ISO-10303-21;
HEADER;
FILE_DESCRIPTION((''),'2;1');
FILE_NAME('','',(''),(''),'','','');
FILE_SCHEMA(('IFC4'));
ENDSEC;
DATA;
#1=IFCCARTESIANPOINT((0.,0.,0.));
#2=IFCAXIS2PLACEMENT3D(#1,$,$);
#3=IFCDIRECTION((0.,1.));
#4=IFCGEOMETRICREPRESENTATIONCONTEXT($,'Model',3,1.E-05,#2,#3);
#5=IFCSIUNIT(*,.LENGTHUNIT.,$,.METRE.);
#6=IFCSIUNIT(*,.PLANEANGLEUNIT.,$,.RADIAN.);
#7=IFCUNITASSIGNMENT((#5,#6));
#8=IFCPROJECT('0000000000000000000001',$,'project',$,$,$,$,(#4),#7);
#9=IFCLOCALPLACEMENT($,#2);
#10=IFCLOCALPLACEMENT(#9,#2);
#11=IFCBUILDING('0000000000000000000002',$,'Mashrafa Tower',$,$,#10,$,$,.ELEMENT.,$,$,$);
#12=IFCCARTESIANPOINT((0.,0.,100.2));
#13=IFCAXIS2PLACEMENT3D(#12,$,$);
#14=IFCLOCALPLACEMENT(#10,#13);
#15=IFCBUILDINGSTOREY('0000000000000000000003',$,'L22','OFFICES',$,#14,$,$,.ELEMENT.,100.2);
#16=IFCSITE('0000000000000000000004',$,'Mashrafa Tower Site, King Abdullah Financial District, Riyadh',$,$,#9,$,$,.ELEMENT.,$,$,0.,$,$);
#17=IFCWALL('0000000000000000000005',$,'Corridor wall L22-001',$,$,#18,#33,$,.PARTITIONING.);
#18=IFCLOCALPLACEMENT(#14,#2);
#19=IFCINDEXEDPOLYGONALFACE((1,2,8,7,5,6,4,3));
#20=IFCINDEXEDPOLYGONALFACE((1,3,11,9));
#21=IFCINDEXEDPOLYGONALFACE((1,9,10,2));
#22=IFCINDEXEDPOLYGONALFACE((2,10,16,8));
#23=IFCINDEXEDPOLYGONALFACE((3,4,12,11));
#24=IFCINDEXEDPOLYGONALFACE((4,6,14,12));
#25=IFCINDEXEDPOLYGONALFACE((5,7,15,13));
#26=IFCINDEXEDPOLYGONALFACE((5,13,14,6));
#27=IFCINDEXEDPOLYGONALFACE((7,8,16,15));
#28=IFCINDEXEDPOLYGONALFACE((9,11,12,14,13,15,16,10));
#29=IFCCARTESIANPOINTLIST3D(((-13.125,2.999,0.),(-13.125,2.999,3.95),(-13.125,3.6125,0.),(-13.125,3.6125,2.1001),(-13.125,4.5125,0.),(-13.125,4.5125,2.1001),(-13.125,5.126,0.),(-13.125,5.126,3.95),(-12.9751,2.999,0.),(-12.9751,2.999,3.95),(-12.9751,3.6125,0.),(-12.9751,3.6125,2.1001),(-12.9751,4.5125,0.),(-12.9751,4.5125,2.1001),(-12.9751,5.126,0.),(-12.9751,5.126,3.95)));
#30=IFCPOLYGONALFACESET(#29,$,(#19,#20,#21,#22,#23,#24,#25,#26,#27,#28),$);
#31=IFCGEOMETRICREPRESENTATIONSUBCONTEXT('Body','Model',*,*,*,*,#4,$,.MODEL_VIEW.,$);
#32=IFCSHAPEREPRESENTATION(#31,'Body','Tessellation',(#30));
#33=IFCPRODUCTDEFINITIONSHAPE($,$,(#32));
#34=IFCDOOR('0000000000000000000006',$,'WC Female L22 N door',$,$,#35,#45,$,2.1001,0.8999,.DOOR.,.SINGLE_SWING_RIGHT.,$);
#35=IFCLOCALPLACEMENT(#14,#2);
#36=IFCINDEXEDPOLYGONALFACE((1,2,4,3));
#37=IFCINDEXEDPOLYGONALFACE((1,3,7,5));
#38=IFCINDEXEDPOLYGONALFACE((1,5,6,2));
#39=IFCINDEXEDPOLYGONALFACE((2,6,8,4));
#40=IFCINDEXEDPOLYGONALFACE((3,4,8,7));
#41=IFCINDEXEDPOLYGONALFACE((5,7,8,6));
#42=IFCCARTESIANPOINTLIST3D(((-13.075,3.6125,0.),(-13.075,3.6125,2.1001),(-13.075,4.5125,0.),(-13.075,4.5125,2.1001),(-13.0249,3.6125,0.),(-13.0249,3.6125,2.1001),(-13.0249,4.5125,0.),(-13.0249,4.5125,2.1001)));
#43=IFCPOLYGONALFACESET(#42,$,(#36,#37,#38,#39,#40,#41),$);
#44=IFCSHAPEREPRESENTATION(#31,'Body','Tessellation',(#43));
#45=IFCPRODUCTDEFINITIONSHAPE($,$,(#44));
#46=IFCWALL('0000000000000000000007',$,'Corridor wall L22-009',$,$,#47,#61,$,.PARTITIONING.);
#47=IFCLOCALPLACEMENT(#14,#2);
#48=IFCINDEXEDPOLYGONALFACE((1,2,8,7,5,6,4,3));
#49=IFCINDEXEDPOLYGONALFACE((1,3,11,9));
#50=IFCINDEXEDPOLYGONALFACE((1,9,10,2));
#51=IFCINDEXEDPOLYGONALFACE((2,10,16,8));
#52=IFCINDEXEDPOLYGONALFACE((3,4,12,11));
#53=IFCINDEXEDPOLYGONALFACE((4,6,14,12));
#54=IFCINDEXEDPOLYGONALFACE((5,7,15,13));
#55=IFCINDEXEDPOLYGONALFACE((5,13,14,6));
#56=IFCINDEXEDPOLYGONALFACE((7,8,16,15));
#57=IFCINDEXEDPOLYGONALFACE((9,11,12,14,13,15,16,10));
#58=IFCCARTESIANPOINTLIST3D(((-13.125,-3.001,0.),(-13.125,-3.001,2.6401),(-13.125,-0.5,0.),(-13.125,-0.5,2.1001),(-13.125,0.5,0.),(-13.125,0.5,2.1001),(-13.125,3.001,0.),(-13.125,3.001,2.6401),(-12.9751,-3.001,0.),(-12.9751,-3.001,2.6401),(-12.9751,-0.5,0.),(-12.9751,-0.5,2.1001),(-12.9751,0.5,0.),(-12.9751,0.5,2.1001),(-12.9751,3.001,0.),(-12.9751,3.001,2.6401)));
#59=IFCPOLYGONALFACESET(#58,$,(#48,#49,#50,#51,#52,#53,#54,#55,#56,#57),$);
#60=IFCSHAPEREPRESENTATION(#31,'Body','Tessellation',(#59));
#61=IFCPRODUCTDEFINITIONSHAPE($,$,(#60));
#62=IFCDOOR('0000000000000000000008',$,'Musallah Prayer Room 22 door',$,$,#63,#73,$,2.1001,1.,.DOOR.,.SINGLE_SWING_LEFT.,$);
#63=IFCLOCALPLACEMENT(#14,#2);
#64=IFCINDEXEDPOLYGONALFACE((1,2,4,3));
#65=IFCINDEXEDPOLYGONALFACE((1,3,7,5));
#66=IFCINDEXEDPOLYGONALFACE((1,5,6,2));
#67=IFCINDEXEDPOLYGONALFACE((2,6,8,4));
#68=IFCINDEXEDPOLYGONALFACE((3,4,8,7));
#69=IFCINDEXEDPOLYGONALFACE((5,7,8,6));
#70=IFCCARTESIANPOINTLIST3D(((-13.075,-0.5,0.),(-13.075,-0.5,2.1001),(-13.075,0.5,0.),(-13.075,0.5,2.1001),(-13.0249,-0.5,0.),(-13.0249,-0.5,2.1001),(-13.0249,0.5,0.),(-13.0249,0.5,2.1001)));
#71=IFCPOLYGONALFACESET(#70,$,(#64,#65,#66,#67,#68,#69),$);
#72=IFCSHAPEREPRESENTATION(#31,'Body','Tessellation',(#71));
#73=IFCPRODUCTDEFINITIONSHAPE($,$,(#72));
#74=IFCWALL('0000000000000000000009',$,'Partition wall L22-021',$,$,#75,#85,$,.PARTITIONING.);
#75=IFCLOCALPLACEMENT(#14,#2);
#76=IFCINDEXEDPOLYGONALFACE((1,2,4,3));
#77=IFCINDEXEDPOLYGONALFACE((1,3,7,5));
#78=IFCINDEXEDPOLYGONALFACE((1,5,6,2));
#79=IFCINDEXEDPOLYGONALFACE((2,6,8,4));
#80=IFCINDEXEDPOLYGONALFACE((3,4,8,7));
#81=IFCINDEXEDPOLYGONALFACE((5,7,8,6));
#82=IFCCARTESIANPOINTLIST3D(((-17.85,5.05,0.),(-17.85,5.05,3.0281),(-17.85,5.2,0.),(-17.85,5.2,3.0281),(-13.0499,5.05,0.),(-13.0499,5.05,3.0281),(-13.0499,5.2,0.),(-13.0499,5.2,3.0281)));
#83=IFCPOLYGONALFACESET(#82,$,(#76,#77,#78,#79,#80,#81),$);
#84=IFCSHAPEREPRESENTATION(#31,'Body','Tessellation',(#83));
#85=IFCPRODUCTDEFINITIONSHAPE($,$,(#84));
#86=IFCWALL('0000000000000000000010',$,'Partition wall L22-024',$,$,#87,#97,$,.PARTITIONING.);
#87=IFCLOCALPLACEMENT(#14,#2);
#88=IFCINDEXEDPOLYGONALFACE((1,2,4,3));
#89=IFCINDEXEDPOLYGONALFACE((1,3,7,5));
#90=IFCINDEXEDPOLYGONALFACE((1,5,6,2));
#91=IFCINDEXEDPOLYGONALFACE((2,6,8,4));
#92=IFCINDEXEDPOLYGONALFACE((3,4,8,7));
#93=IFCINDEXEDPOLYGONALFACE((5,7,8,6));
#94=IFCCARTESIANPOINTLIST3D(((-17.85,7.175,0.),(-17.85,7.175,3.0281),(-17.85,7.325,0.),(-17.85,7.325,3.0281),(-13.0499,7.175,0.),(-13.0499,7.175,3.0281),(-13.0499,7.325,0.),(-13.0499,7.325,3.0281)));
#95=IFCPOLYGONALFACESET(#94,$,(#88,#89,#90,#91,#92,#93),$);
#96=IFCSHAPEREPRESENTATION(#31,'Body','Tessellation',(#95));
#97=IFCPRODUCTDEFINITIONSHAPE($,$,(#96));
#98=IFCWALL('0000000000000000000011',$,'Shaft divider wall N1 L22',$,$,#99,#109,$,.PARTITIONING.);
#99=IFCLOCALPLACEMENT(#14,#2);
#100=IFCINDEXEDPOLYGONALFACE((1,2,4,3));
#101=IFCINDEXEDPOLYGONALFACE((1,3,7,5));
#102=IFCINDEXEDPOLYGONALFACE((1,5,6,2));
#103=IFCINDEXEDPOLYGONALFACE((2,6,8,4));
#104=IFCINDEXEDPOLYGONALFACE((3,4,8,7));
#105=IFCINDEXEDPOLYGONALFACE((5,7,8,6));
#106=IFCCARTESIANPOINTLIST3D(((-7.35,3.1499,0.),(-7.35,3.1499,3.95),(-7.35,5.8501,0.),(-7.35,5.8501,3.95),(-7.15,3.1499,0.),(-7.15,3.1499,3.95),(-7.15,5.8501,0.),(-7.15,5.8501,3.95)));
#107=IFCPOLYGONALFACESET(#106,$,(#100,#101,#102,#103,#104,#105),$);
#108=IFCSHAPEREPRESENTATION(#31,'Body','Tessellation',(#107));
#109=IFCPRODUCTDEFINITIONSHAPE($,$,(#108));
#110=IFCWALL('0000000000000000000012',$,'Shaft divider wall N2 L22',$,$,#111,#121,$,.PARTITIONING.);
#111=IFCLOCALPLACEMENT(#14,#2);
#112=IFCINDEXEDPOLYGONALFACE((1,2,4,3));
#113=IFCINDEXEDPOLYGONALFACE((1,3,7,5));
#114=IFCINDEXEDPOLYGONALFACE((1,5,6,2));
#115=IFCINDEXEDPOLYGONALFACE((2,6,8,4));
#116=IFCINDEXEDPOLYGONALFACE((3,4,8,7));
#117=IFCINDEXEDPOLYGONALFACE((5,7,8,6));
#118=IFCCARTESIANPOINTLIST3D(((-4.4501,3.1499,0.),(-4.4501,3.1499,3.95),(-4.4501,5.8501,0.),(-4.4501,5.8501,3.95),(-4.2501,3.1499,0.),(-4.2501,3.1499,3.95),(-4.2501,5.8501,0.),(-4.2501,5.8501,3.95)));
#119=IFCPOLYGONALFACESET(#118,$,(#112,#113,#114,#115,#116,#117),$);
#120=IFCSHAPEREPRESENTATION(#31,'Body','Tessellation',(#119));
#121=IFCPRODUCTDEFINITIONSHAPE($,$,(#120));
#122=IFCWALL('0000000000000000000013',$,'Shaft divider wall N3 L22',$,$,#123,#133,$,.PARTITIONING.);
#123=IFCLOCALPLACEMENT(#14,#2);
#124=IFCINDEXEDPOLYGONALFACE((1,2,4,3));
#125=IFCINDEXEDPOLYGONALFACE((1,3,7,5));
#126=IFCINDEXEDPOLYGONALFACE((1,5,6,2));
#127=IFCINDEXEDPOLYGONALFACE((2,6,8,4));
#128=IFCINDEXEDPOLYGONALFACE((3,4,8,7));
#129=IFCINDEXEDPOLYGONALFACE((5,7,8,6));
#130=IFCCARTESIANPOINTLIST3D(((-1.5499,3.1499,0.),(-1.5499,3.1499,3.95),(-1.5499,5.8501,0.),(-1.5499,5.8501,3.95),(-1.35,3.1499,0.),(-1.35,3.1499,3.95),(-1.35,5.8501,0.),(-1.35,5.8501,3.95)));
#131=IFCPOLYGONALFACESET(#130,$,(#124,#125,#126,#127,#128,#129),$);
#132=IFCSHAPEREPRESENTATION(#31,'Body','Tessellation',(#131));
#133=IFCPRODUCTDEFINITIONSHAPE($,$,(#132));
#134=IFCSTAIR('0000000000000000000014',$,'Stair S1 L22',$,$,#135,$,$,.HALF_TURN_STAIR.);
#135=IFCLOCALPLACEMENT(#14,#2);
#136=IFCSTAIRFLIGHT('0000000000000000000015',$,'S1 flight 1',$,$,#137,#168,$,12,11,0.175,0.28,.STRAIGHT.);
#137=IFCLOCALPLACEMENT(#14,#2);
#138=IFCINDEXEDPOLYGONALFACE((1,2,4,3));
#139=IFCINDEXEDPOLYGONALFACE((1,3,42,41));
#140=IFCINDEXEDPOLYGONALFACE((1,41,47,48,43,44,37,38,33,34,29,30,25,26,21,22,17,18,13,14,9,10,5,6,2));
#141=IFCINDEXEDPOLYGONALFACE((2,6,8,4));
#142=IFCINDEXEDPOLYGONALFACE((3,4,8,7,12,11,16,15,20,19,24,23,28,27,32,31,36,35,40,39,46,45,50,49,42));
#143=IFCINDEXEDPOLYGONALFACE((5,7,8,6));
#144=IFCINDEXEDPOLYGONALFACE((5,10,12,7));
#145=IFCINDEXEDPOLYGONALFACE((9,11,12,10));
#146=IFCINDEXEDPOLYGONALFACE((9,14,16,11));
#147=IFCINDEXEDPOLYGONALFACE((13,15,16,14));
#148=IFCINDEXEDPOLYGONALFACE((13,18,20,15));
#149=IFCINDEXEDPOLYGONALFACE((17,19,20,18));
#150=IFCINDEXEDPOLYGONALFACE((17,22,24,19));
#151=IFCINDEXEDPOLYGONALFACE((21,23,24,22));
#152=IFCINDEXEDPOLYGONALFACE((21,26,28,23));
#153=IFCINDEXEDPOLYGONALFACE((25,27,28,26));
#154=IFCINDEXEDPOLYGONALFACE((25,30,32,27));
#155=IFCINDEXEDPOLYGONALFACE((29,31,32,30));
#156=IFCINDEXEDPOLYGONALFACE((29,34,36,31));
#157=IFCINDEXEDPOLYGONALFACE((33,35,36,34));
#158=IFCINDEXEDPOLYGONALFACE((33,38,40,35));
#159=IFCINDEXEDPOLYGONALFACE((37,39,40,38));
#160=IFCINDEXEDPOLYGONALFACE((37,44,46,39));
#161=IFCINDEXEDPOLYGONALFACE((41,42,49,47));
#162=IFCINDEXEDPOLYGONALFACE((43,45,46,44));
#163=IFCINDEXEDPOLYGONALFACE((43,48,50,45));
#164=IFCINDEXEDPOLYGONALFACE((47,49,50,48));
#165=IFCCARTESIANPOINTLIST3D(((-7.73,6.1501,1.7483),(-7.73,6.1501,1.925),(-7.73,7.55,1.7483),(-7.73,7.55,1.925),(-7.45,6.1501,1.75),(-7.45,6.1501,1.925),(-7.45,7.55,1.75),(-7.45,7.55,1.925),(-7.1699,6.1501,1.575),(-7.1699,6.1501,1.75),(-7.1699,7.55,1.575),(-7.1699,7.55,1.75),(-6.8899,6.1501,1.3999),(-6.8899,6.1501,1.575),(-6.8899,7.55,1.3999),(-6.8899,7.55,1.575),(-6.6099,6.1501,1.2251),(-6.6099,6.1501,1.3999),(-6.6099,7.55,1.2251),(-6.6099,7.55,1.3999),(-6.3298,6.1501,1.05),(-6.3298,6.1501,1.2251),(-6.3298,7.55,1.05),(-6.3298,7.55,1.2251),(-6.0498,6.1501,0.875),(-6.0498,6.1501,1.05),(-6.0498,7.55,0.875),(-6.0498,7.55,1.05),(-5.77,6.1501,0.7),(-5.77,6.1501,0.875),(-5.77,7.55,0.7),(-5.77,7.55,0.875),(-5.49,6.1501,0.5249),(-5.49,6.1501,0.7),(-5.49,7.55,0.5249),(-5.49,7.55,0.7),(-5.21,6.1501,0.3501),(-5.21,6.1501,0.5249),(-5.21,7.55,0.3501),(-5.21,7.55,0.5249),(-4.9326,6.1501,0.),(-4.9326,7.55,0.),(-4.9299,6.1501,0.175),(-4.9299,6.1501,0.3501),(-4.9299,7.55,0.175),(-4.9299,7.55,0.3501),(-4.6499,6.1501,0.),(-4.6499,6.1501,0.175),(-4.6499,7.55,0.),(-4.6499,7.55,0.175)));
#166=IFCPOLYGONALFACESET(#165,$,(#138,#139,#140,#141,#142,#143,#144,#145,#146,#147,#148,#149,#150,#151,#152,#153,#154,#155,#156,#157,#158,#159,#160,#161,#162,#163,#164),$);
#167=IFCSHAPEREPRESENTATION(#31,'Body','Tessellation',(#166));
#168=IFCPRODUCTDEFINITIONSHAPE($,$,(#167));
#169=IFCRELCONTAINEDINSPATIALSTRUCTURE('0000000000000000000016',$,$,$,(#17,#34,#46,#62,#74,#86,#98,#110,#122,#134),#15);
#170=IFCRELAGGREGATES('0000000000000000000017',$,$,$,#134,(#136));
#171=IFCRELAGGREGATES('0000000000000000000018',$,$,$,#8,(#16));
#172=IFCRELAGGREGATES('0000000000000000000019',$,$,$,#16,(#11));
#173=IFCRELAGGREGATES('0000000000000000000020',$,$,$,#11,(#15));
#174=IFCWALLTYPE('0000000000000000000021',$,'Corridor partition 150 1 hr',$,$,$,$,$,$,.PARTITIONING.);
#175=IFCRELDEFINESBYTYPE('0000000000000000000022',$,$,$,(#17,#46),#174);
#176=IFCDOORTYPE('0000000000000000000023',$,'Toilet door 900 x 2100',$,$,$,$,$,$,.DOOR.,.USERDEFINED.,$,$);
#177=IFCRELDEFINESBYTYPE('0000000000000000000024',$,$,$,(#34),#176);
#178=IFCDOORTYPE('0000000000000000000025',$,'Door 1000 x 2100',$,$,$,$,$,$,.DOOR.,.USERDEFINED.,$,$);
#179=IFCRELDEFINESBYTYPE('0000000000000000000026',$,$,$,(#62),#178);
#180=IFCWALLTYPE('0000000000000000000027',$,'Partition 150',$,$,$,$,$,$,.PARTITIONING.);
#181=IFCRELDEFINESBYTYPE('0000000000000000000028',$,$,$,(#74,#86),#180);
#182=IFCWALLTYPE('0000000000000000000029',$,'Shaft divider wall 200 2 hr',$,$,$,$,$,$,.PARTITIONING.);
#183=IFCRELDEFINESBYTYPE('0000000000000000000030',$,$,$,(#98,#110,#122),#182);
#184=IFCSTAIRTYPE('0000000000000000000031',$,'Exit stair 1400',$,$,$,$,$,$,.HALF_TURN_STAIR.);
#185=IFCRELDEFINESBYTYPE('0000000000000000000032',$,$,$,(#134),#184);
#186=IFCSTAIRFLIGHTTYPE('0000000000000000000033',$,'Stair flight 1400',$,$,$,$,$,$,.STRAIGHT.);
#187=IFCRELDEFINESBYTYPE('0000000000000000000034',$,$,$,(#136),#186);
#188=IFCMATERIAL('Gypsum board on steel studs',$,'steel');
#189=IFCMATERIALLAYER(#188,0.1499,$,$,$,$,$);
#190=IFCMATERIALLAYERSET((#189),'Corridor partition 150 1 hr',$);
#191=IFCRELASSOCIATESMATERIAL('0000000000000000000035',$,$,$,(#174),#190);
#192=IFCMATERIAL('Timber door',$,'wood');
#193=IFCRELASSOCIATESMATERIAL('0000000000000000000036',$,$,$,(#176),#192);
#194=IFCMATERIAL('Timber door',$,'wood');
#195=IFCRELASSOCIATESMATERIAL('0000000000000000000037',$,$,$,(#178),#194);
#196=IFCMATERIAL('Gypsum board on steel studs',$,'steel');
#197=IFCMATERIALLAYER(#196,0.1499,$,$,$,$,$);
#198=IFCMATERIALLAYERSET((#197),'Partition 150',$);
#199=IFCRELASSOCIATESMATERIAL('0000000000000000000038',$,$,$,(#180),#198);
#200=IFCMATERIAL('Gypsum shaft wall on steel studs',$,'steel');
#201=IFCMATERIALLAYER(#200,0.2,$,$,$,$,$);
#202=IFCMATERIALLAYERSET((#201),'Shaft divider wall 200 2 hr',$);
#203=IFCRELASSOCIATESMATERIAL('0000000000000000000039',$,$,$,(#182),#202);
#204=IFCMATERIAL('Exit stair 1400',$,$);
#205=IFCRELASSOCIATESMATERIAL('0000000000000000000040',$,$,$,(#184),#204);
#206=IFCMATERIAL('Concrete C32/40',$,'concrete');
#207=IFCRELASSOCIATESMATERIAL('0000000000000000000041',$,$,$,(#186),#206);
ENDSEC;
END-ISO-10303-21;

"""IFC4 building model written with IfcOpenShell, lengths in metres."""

from ifc_helpers import new_model, si_unit, direction, frame, frame_2d, origin, place, context, subcontext, project, spatial, polyline, rectangle, outline, extrude, material, layer, layer_set, type_object, element, fill, aggregate, save


model = new_model("IFC4")

# Units and contexts
model_context = context("Model", 3, precision=1e-05, world=origin(), true_north=direction((0.0, 1.0)))
body_context = subcontext(model_context, "Body", "Model", "MODEL_VIEW")
ifc_project = project(units=[si_unit("LENGTHUNIT", "METRE"), si_unit("PLANEANGLEUNIT", "RADIAN")], contexts=[model_context])

# Site, building, storey
site_placement = place(None, origin())
site = spatial("IfcSite", under=ifc_project, at=site_placement, Name="Mashrafa Tower Site, King Abdullah Financial District, Riyadh", CompositionType="ELEMENT", RefElevation=0.0)
building_placement = place(site_placement, origin())
building = spatial("IfcBuilding", under=site, at=building_placement, Name="Mashrafa Tower", CompositionType="ELEMENT")
storey_placement = place(building_placement, frame((0.0, 0.0, 100.2)))
storey = spatial("IfcBuildingStorey", under=building, at=storey_placement, Name="L22", Description="OFFICES", CompositionType="ELEMENT", Elevation=100.2)

# Walls, openings, doors
ifc_material_1 = material(Name="Gypsum board on steel studs", Category="steel")
ifc_layer_1 = layer(ifc_material_1, 0.1499)
ifc_layer_set_1 = layer_set([ifc_layer_1], Name="Corridor partition 150 1 hr")
wall_type_1 = type_object("IfcWallType", Name="Corridor partition 150 1 hr", PredefinedType="PARTITIONING", material=ifc_layer_set_1)
wall_1_placement = place(storey_placement, frame((-13.05, 5.126, 0.0), z_axis=(0.0, 0.0, 1.0), x_axis=(0.0, -1.0, 0.0)))
wall_1 = element("IfcWall", 1, at=wall_1_placement, inside=storey, type_object=wall_type_1, Name="Corridor wall L22-001", PredefinedType="PARTITIONING", context=body_context, shape_type="SweptSolid", body=[
    extrude(rectangle(XDim=2.127, YDim=0.1499, at=frame_2d((1.0635, 0.0))), origin(), (0.0, 0.0, 1.0), 3.95),
])
opening_1_placement = place(wall_1_placement, frame((0.6135, 0.0, 0.0)))
opening_1 = element("IfcOpeningElement", 2, at=opening_1_placement, cuts=wall_1, PredefinedType="OPENING", context=body_context, shape_type="SweptSolid", body=[
    extrude(rectangle(XDim=0.8999, YDim=2.1001, at=frame_2d((0.45, 1.05))), frame((0.0, 0.085, 0.0), z_axis=(0.0, -1.0, 0.0), x_axis=(1.0, 0.0, 0.0)), (0.0, 0.0, 1.0), 0.1699),
])
ifc_material_2 = material(Name="Timber door", Category="wood")
door_type_1 = type_object("IfcDoorType", Name="Toilet door 900 x 2100", OperationType="USERDEFINED", PredefinedType="DOOR", material=ifc_material_2)
door_1_placement = place(opening_1_placement, frame((0.8999, 0.0, 0.0), z_axis=(0.0, 0.0, 1.0), x_axis=(-1.0, 0.0, 0.0)))
door_1 = element("IfcDoor", 3, at=door_1_placement, inside=storey, type_object=door_type_1, Name="WC Female L22 N door", OperationType="SINGLE_SWING_RIGHT", OverallHeight=2.1001, OverallWidth=0.8999, PredefinedType="DOOR", context=body_context, shape_type="SweptSolid", body=[
    extrude(rectangle(XDim=0.8999, YDim=2.1001, at=frame_2d((0.45, 1.05))), frame((0.0, 0.0249, 0.0), z_axis=(0.0, -1.0, 0.0), x_axis=(1.0, 0.0, 0.0)), (0.0, 0.0, 1.0), 0.05),
])
fill(opening_1, door_1)
wall_2_placement = place(storey_placement, frame((-13.05, 3.001, 0.0), z_axis=(0.0, 0.0, 1.0), x_axis=(0.0, -1.0, 0.0)))
wall_2 = element("IfcWall", 4, at=wall_2_placement, inside=storey, type_object=wall_type_1, Name="Corridor wall L22-009", PredefinedType="PARTITIONING", context=body_context, shape_type="SweptSolid", body=[
    extrude(rectangle(XDim=6.002, YDim=0.1499, at=frame_2d((3.001, 0.0))), origin(), (0.0, 0.0, 1.0), 2.6401),
])
opening_2_placement = place(wall_2_placement, frame((2.501, 0.0, 0.0)))
opening_2 = element("IfcOpeningElement", 5, at=opening_2_placement, cuts=wall_2, PredefinedType="OPENING", context=body_context, shape_type="SweptSolid", body=[
    extrude(rectangle(XDim=1.0, YDim=2.1001, at=frame_2d((0.5, 1.05))), frame((0.0, 0.085, 0.0), z_axis=(0.0, -1.0, 0.0), x_axis=(1.0, 0.0, 0.0)), (0.0, 0.0, 1.0), 0.1699),
])
ifc_material_3 = material(Name="Timber door", Category="wood")
door_type_2 = type_object("IfcDoorType", Name="Door 1000 x 2100", OperationType="USERDEFINED", PredefinedType="DOOR", material=ifc_material_3)
door_2_placement = place(opening_2_placement, frame((1.0, 0.0, 0.0), z_axis=(0.0, 0.0, 1.0), x_axis=(-1.0, 0.0, 0.0)))
door_2 = element("IfcDoor", 6, at=door_2_placement, inside=storey, type_object=door_type_2, Name="Musallah Prayer Room 22 door", OperationType="SINGLE_SWING_LEFT", OverallHeight=2.1001, OverallWidth=1.0, PredefinedType="DOOR", context=body_context, shape_type="SweptSolid", body=[
    extrude(rectangle(XDim=1.0, YDim=2.1001, at=frame_2d((0.5, 1.05))), frame((0.0, 0.0249, 0.0), z_axis=(0.0, -1.0, 0.0), x_axis=(1.0, 0.0, 0.0)), (0.0, 0.0, 1.0), 0.05),
])
fill(opening_2, door_2)

# Walls
ifc_material_4 = material(Name="Gypsum board on steel studs", Category="steel")
ifc_layer_2 = layer(ifc_material_4, 0.1499)
ifc_layer_set_2 = layer_set([ifc_layer_2], Name="Partition 150")
wall_type_2 = type_object("IfcWallType", Name="Partition 150", PredefinedType="PARTITIONING", material=ifc_layer_set_2)
for number, where, z_axis, x_axis, name in (
    (7, (-13.05, 5.125, 0.0), (0.0, 0.0, 1.0), (-1.0, 0.0, 0.0), "Partition wall L22-021"),
    (8, (-13.05, 7.25, 0.0), (0.0, 0.0, 1.0), (-1.0, 0.0, 0.0), "Partition wall L22-024"),
):
    element("IfcWall", number, at=place(storey_placement, frame(where, z_axis=z_axis, x_axis=x_axis)), inside=storey, type_object=wall_type_2, Name=name, PredefinedType="PARTITIONING", context=body_context, shape_type="SweptSolid", body=[
        extrude(rectangle(XDim=4.8, YDim=0.1499, at=frame_2d((2.3999, 0.0))), origin(), (0.0, 0.0, 1.0), 3.0281),
    ])
ifc_material_5 = material(Name="Gypsum shaft wall on steel studs", Category="steel")
ifc_layer_3 = layer(ifc_material_5, 0.2)
ifc_layer_set_3 = layer_set([ifc_layer_3], Name="Shaft divider wall 200 2 hr")
wall_type_3 = type_object("IfcWallType", Name="Shaft divider wall 200 2 hr", PredefinedType="PARTITIONING", material=ifc_layer_set_3)
for number, where, z_axis, x_axis, name in (
    (9, (-7.25, 3.1499, 0.0), (0.0, 0.0, 1.0), (0.0, 1.0, 0.0), "Shaft divider wall N1 L22"),
    (10, (-4.3501, 3.1499, 0.0), (0.0, 0.0, 1.0), (0.0, 1.0, 0.0), "Shaft divider wall N2 L22"),
    (11, (-1.45, 3.1499, 0.0), (0.0, 0.0, 1.0), (0.0, 1.0, 0.0), "Shaft divider wall N3 L22"),
):
    element("IfcWall", number, at=place(storey_placement, frame(where, z_axis=z_axis, x_axis=x_axis)), inside=storey, type_object=wall_type_3, Name=name, PredefinedType="PARTITIONING", context=body_context, shape_type="SweptSolid", body=[
        extrude(rectangle(XDim=2.7002, YDim=0.2, at=frame_2d((1.3501, 0.0))), origin(), (0.0, 0.0, 1.0), 3.95),
    ])

# Stair, stair flight
ifc_material_6 = material(Name="Exit stair 1400")
stair_type = type_object("IfcStairType", Name="Exit stair 1400", PredefinedType="HALF_TURN_STAIR", material=ifc_material_6)
stair_placement = place(storey_placement, origin())
stair = element("IfcStair", 12, at=stair_placement, inside=storey, type_object=stair_type, Name="Stair S1 L22", PredefinedType="HALF_TURN_STAIR")
ifc_material_7 = material(Name="Concrete C32/40", Category="concrete")
stair_flight_type = type_object("IfcStairFlightType", Name="Stair flight 1400", PredefinedType="STRAIGHT", material=ifc_material_7)
stair_flight_placement = place(storey_placement, frame((-4.6499, 6.8501, 0.0), z_axis=(0.0, 0.0, 1.0), x_axis=(-1.0, 0.0, 0.0)))
stair_flight = element("IfcStairFlight", 13, at=stair_flight_placement, type_object=stair_flight_type, Name="S1 flight 1", NumberOfRisers=12, NumberOfTreads=11, PredefinedType="STRAIGHT", RiserHeight=0.175, TreadLength=0.28, context=body_context, shape_type="SweptSolid", body=[
    extrude(outline(polyline([(0.0, 0.0), (0.0, 0.175), (0.28, 0.175), (0.28, 0.3501), (0.5601, 0.3501), (0.5601, 0.5249), (0.8401, 0.5249), (0.8401, 0.7), (1.1201, 0.7), (1.1201, 0.875), (1.3999, 0.875), (1.3999, 1.05), (1.6799, 1.05), (1.6799, 1.2251), (1.96, 1.2251), (1.96, 1.3999), (2.24, 1.3999), (2.24, 1.575), (2.52, 1.575), (2.52, 1.75), (2.8, 1.75), (2.8, 1.925), (3.0801, 1.925), (3.0801, 2.1001), (3.0801, 1.7483), (0.2827, 0.0), (0.0, 0.0)])), frame((0.0, 0.7, 0.0), z_axis=(0.0, -1.0, 0.0), x_axis=(1.0, 0.0, 0.0)), (0.0, 0.0, 1.0), 1.3999),
])
aggregate(stair, [stair_flight])

save(model, "model.ifc")
